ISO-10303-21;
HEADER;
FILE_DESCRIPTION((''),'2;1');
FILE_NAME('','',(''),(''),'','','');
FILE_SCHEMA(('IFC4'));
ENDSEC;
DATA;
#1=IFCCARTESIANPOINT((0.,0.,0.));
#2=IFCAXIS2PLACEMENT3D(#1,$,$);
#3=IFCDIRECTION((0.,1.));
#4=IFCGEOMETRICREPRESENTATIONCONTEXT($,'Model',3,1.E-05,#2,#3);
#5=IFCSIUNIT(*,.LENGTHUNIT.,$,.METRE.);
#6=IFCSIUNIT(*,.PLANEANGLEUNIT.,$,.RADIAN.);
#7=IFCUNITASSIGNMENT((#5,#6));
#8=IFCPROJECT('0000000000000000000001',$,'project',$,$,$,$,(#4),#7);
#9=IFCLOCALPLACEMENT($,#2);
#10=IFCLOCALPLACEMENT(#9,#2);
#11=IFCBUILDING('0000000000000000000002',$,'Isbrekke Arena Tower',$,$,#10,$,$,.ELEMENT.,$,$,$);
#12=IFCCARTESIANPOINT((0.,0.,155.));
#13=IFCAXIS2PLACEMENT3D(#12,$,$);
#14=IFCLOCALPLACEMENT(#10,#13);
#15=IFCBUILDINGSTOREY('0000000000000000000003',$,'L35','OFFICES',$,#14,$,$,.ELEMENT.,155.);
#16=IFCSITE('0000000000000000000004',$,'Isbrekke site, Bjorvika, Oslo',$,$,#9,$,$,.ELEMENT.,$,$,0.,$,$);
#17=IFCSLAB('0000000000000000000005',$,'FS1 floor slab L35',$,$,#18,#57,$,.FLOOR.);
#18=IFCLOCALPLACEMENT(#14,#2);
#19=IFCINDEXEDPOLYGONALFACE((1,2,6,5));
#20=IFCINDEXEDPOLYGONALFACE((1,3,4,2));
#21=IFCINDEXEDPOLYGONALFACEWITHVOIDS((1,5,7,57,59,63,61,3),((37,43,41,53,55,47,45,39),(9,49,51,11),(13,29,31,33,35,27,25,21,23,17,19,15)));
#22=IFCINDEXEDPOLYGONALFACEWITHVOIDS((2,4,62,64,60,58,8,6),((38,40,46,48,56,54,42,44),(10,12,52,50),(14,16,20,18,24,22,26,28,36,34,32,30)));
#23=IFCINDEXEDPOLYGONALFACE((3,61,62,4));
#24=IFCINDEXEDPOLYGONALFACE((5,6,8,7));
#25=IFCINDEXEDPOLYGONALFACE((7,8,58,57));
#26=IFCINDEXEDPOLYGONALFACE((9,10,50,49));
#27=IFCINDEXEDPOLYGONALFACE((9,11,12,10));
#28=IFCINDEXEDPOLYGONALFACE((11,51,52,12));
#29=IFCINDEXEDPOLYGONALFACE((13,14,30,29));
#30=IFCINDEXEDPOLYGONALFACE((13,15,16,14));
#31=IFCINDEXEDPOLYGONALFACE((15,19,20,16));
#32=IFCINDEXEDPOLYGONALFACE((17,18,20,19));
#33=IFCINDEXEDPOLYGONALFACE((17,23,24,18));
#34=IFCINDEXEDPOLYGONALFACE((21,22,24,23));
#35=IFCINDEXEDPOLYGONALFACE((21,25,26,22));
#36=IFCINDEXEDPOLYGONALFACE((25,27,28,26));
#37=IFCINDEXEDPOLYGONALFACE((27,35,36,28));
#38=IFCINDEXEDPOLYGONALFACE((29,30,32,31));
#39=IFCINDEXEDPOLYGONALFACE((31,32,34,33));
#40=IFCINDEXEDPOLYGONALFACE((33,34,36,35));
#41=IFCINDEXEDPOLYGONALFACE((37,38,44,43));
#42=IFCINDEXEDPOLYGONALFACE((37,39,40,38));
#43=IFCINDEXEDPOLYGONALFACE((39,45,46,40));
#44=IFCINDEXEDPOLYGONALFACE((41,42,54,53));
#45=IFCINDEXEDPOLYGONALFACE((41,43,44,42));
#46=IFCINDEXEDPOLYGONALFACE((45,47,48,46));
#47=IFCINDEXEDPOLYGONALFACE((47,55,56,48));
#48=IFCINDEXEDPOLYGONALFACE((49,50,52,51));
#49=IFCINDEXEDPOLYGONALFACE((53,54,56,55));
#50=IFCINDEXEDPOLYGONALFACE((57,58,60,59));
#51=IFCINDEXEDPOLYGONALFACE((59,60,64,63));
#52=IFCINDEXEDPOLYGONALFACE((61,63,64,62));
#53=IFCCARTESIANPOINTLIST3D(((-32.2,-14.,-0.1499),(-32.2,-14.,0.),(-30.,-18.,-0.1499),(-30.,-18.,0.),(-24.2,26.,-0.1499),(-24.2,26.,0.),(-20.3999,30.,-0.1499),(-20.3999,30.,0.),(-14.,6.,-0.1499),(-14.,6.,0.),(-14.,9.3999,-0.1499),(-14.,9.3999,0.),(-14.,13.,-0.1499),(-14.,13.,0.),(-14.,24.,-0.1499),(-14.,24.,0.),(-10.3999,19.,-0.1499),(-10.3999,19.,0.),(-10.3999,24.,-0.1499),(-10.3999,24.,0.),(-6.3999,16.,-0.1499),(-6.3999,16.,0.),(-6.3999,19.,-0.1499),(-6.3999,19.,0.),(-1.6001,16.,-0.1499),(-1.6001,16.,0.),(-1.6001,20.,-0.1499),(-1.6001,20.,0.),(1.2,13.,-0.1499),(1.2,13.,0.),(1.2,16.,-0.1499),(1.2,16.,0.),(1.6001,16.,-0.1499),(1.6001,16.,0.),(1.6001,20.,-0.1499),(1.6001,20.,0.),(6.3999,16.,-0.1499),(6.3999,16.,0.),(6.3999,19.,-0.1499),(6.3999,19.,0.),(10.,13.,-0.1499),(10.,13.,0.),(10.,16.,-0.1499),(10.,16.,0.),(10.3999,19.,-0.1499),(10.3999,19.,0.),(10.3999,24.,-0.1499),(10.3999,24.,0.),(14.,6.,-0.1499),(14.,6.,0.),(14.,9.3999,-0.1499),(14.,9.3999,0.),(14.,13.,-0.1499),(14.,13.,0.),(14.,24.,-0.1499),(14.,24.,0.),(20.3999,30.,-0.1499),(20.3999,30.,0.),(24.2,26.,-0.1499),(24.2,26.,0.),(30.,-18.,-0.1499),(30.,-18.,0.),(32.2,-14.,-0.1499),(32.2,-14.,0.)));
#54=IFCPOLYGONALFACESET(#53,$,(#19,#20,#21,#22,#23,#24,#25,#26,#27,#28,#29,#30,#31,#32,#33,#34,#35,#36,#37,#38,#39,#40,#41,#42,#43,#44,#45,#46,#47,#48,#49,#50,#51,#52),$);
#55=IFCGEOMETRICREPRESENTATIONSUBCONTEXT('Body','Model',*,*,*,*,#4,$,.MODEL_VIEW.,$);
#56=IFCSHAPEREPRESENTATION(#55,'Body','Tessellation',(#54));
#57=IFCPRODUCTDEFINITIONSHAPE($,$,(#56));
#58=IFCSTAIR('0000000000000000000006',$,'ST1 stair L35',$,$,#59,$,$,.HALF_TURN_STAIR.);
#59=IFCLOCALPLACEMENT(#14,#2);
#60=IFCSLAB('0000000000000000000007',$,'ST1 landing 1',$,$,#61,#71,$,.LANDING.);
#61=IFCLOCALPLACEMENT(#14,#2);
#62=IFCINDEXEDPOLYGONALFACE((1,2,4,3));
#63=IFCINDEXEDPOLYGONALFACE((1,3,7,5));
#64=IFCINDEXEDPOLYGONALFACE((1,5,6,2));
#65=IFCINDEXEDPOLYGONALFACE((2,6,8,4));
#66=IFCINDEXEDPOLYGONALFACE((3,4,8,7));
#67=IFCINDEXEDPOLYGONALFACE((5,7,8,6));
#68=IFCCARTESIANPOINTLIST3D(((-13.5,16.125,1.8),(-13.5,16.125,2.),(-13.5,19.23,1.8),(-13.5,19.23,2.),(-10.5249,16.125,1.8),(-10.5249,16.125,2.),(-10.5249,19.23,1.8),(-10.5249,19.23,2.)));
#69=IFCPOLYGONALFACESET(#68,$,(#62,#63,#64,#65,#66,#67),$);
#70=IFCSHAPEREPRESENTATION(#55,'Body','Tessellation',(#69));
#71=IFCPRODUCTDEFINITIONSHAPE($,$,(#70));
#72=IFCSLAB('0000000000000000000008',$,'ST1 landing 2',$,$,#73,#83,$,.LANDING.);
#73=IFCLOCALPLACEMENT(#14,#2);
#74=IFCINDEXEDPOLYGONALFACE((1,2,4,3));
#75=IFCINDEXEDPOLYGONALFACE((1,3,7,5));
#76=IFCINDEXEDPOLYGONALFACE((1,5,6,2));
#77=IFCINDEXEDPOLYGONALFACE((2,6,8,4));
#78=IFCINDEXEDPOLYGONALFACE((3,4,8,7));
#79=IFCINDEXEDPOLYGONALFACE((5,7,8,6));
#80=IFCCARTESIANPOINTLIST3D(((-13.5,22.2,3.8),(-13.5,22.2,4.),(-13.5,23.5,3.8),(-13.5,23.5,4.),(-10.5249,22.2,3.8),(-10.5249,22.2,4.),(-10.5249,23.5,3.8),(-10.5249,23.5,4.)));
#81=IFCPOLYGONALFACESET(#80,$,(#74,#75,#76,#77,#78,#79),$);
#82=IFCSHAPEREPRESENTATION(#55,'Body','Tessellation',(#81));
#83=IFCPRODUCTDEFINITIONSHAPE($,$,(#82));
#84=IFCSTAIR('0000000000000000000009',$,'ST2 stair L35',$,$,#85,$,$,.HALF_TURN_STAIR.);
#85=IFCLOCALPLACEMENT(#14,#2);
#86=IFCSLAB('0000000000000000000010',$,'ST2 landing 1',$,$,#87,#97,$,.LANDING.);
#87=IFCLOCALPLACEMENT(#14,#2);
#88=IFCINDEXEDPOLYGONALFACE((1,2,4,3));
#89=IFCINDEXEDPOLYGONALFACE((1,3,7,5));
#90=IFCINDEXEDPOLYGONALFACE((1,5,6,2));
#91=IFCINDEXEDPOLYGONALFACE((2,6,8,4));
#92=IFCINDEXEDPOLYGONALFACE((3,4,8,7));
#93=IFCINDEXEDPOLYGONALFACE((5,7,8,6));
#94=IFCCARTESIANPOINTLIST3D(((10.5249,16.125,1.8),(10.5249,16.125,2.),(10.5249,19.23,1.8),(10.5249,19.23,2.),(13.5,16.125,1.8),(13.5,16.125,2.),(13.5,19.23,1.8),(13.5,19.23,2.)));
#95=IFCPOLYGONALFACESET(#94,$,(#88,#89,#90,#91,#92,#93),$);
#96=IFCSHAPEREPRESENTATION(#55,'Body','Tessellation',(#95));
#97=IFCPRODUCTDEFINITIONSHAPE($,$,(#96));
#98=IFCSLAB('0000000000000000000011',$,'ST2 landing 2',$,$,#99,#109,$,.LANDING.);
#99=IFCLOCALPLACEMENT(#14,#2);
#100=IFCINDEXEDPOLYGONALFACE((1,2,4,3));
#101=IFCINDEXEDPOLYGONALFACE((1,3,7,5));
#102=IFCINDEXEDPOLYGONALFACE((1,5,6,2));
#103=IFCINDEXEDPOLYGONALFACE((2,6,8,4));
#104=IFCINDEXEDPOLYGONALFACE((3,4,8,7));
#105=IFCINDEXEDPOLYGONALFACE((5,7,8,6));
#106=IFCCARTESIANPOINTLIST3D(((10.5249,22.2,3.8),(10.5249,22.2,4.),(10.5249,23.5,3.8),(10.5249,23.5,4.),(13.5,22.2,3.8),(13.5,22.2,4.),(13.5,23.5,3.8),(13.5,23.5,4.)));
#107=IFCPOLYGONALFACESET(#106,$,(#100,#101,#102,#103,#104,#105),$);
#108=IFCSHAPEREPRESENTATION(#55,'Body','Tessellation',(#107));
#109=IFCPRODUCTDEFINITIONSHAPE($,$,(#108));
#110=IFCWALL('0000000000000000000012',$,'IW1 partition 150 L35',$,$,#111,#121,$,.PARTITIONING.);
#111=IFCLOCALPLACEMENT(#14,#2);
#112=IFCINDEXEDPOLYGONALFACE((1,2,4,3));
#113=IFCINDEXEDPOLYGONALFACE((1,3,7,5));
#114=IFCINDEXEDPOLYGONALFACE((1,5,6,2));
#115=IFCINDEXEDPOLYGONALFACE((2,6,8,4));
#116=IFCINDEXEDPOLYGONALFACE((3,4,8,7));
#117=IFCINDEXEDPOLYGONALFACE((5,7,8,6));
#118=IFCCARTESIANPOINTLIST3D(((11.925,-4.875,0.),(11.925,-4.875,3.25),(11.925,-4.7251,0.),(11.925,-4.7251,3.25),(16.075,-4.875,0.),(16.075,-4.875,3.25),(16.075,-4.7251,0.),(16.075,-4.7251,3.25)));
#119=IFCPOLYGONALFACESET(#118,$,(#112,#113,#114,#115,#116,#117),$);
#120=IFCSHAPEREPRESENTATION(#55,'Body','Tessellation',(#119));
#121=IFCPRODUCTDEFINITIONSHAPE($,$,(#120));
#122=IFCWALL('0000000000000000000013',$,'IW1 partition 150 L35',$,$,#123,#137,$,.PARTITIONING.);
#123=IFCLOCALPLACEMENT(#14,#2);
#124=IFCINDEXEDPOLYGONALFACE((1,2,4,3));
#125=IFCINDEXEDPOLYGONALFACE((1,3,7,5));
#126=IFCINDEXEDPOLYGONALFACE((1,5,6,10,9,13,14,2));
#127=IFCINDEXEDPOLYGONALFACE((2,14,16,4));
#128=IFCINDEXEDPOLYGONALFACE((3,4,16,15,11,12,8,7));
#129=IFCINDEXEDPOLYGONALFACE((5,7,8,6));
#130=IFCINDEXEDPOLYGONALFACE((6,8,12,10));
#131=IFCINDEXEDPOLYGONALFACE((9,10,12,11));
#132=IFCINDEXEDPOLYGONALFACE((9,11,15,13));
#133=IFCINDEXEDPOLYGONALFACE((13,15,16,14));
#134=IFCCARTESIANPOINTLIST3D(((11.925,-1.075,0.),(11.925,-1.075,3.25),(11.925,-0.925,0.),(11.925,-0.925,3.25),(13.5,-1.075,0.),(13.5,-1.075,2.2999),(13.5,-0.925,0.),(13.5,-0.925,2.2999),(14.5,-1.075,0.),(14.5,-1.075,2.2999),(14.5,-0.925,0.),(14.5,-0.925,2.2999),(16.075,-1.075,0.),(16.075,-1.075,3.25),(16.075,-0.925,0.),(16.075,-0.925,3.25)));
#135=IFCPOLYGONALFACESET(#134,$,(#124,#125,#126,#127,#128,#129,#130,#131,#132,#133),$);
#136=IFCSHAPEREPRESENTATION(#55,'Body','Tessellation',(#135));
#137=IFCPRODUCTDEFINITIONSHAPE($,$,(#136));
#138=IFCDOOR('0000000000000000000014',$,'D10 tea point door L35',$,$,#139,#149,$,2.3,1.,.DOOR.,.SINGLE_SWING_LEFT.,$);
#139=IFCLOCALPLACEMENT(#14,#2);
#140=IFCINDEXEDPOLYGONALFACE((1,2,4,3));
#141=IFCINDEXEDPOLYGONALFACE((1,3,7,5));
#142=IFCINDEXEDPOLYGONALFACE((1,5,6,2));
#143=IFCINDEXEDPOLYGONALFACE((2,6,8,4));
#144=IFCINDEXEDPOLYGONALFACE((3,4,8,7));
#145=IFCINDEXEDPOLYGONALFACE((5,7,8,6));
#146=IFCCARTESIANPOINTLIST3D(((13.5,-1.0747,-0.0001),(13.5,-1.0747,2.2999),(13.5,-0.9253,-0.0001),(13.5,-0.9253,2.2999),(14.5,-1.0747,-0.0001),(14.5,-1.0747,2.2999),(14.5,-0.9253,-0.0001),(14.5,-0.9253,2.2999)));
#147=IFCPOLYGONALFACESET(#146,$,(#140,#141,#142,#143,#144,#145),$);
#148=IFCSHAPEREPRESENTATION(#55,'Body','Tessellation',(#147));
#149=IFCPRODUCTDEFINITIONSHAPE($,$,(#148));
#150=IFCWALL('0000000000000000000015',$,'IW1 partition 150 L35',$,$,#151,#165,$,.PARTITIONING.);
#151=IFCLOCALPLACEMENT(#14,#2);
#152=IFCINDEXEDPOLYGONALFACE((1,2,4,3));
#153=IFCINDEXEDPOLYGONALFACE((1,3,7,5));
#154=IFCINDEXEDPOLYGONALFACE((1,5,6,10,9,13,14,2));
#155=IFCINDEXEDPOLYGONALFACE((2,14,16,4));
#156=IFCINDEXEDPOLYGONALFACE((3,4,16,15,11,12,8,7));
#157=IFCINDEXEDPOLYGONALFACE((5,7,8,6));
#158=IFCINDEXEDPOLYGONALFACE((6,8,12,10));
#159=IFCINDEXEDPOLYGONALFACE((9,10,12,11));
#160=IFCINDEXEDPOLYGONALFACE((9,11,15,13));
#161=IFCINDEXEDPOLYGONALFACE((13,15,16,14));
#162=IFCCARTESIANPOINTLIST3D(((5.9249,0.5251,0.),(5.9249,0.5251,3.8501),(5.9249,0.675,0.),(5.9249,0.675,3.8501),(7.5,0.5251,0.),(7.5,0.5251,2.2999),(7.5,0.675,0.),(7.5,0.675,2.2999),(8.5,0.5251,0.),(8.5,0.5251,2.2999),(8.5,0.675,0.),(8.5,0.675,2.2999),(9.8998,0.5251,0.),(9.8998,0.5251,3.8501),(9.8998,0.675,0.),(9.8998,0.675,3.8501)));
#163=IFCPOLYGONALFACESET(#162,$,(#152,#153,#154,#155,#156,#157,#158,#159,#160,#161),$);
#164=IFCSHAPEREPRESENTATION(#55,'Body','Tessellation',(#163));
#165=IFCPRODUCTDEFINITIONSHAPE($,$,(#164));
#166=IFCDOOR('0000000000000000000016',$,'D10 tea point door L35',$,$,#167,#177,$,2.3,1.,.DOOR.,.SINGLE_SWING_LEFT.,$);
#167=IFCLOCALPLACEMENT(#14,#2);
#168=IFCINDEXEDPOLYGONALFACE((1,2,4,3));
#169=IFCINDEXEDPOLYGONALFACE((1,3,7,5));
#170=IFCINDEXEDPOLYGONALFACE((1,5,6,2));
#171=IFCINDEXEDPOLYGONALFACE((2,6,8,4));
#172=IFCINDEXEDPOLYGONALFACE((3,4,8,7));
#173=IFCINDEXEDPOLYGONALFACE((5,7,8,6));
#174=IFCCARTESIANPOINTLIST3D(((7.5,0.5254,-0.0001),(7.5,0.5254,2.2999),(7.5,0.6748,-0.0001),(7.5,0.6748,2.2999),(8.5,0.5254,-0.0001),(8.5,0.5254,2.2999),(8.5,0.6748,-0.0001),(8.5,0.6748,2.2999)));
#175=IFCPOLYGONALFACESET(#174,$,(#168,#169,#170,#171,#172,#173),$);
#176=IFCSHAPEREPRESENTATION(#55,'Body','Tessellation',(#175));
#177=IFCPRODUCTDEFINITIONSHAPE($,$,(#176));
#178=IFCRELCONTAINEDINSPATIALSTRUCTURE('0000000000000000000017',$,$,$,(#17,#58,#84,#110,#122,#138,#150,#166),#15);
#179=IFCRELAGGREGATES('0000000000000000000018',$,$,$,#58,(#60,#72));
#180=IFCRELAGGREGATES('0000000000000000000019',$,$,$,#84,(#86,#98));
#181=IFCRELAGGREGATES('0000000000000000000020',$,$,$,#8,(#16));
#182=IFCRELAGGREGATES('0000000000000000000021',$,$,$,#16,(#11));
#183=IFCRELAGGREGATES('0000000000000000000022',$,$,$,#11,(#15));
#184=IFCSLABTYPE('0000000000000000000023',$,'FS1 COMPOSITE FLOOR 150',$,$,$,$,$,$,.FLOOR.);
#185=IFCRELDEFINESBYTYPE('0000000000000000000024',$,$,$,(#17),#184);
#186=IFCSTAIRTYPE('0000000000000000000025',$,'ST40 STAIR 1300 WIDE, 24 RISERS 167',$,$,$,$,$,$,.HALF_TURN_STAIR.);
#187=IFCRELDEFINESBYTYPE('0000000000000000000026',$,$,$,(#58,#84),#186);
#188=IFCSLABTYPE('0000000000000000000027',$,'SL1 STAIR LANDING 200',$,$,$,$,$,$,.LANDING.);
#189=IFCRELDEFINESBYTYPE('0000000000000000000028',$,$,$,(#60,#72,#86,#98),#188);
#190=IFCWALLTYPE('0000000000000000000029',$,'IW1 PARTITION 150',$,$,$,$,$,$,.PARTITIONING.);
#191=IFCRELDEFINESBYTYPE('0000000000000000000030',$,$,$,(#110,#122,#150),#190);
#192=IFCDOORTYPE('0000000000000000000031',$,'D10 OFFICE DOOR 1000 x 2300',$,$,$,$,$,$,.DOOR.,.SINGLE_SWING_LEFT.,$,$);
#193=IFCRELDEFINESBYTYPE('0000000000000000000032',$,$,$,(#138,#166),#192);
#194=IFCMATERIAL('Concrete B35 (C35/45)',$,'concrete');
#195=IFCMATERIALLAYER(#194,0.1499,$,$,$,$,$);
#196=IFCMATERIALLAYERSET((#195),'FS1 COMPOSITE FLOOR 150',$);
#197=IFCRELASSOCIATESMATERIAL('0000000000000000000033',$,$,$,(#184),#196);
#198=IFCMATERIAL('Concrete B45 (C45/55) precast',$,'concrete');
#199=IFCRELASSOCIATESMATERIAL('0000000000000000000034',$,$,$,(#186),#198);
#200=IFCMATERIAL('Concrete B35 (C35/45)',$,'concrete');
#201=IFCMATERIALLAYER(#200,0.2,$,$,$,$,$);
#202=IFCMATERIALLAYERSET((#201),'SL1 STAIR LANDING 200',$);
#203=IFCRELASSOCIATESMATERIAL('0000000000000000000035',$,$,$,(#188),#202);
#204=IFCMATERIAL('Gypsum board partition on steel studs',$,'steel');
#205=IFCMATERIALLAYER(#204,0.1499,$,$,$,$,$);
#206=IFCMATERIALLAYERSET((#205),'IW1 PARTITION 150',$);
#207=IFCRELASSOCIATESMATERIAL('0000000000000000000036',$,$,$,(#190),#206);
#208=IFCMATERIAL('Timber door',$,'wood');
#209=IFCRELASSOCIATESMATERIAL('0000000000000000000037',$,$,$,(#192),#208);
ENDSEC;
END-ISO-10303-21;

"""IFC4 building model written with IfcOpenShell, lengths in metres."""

from ifc_helpers import new_model, si_unit, direction, frame, frame_2d, origin, place, context, subcontext, project, spatial, polyline, rectangle, outline, extrude, material, layer, layer_set, type_object, element, fill, aggregate, save


model = new_model("IFC4")

# Units and contexts
model_context = context("Model", 3, precision=1e-05, world=origin(), true_north=direction((0.0, 1.0)))
body_context = subcontext(model_context, "Body", "Model", "MODEL_VIEW")
ifc_project = project(units=[si_unit("LENGTHUNIT", "METRE"), si_unit("PLANEANGLEUNIT", "RADIAN")], contexts=[model_context])

# Site, building, storey
site_placement = place(None, origin())
site = spatial("IfcSite", under=ifc_project, at=site_placement, Name="Isbrekke site, Bjorvika, Oslo", CompositionType="ELEMENT", RefElevation=0.0)
building_placement = place(site_placement, origin())
building = spatial("IfcBuilding", under=site, at=building_placement, Name="Isbrekke Arena Tower", CompositionType="ELEMENT")
storey_placement = place(building_placement, frame((0.0, 0.0, 155.0)))
storey = spatial("IfcBuildingStorey", under=building, at=storey_placement, Name="L35", Description="OFFICES", CompositionType="ELEMENT", Elevation=155.0)

# Slab
ifc_material_1 = material(Name="Concrete B35 (C35/45)", Category="concrete")
ifc_layer_1 = layer(ifc_material_1, 0.1499)
ifc_layer_set_1 = layer_set([ifc_layer_1], Name="FS1 COMPOSITE FLOOR 150")
slab_type_1 = type_object("IfcSlabType", Name="FS1 COMPOSITE FLOOR 150", PredefinedType="FLOOR", material=ifc_layer_set_1)
slab_1_placement = place(storey_placement, frame((0.0, 0.0, -0.1499)))
element("IfcSlab", 1, at=slab_1_placement, inside=storey, type_object=slab_type_1, Name="FS1 floor slab L35", PredefinedType="FLOOR", context=body_context, shape_type="SweptSolid", body=[
    extrude(outline(polyline([(-30.0, -18.0), (30.0, -18.0), (32.2, -14.0), (24.2, 26.0), (20.3999, 30.0), (-20.3999, 30.0), (-24.2, 26.0), (-32.2, -14.0), (-30.0, -18.0)]), holes=[polyline([(14.0, 9.3999), (14.0, 6.0), (-14.0, 6.0), (-14.0, 9.3999), (14.0, 9.3999)]), polyline([(-6.3999, 19.0), (-6.3999, 16.0), (-1.6001, 16.0), (-1.6001, 20.0), (1.6001, 20.0), (1.6001, 16.0), (1.2, 16.0), (1.2, 13.0), (-14.0, 13.0), (-14.0, 24.0), (-10.3999, 24.0), (-10.3999, 19.0), (-6.3999, 19.0)]), polyline([(10.0, 13.0), (10.0, 16.0), (6.3999, 16.0), (6.3999, 19.0), (10.3999, 19.0), (10.3999, 24.0), (14.0, 24.0), (14.0, 13.0), (10.0, 13.0)])]), origin(), (0.0, 0.0, 1.0), 0.1499),
])

# Stairs, slabs
ifc_material_2 = material(Name="Concrete B45 (C45/55) precast", Category="concrete")
stair_type = type_object("IfcStairType", Name="ST40 STAIR 1300 WIDE, 24 RISERS 167", PredefinedType="HALF_TURN_STAIR", material=ifc_material_2)
stair_1_placement = place(storey_placement, origin())
stair_1 = element("IfcStair", 2, at=stair_1_placement, inside=storey, type_object=stair_type, Name="ST1 stair L35", PredefinedType="HALF_TURN_STAIR")
ifc_material_3 = material(Name="Concrete B35 (C35/45)", Category="concrete")
ifc_layer_2 = layer(ifc_material_3, 0.2)
ifc_layer_set_2 = layer_set([ifc_layer_2], Name="SL1 STAIR LANDING 200")
slab_type_2 = type_object("IfcSlabType", Name="SL1 STAIR LANDING 200", PredefinedType="LANDING", material=ifc_layer_set_2)
slab_2_placement = place(storey_placement, frame((0.0, 0.0, 1.8)))
slab_2 = element("IfcSlab", 3, at=slab_2_placement, type_object=slab_type_2, Name="ST1 landing 1", PredefinedType="LANDING", context=body_context, shape_type="SweptSolid", body=[
    extrude(outline(polyline([(-13.5, 16.125), (-10.5249, 16.125), (-10.5249, 19.23), (-13.5, 19.23), (-13.5, 16.125)])), origin(), (0.0, 0.0, 1.0), 0.2),
])
slab_3_placement = place(storey_placement, frame((0.0, 0.0, 3.8)))
slab_3 = element("IfcSlab", 4, at=slab_3_placement, type_object=slab_type_2, Name="ST1 landing 2", PredefinedType="LANDING", context=body_context, shape_type="SweptSolid", body=[
    extrude(outline(polyline([(-13.5, 22.2), (-10.5249, 22.2), (-10.5249, 23.5), (-13.5, 23.5), (-13.5, 22.2)])), origin(), (0.0, 0.0, 1.0), 0.2),
])
aggregate(stair_1, [slab_2, slab_3])
stair_2_placement = place(storey_placement, origin())
stair_2 = element("IfcStair", 5, at=stair_2_placement, inside=storey, type_object=stair_type, Name="ST2 stair L35", PredefinedType="HALF_TURN_STAIR")
slab_4_placement = place(storey_placement, frame((0.0, 0.0, 1.8)))
slab_4 = element("IfcSlab", 6, at=slab_4_placement, type_object=slab_type_2, Name="ST2 landing 1", PredefinedType="LANDING", context=body_context, shape_type="SweptSolid", body=[
    extrude(outline(polyline([(10.5249, 16.125), (13.5, 16.125), (13.5, 19.23), (10.5249, 19.23), (10.5249, 16.125)])), origin(), (0.0, 0.0, 1.0), 0.2),
])
slab_5_placement = place(storey_placement, frame((0.0, 0.0, 3.8)))
slab_5 = element("IfcSlab", 7, at=slab_5_placement, type_object=slab_type_2, Name="ST2 landing 2", PredefinedType="LANDING", context=body_context, shape_type="SweptSolid", body=[
    extrude(outline(polyline([(10.5249, 22.2), (13.5, 22.2), (13.5, 23.5), (10.5249, 23.5), (10.5249, 22.2)])), origin(), (0.0, 0.0, 1.0), 0.2),
])
aggregate(stair_2, [slab_4, slab_5])

# Wall
ifc_material_4 = material(Name="Gypsum board partition on steel studs", Category="steel")
ifc_layer_3 = layer(ifc_material_4, 0.1499)
ifc_layer_set_3 = layer_set([ifc_layer_3], Name="IW1 PARTITION 150")
wall_type_1 = type_object("IfcWallType", Name="IW1 PARTITION 150", PredefinedType="PARTITIONING", material=ifc_layer_set_3)
wall_1_placement = place(storey_placement, frame((11.925, -4.8, 0.0), z_axis=(0.0, 0.0, 1.0), x_axis=(1.0, 0.0, 0.0)))
element("IfcWall", 8, at=wall_1_placement, inside=storey, type_object=wall_type_1, Name="IW1 partition 150 L35", PredefinedType="PARTITIONING", context=body_context, shape_type="SweptSolid", body=[
    extrude(rectangle(XDim=4.1499, YDim=0.1499, at=frame_2d((2.075, 0.0))), origin(), (0.0, 0.0, 1.0), 3.25),
])

# Walls, openings, doors
wall_2_placement = place(storey_placement, frame((11.925, -1.0, 0.0), z_axis=(0.0, 0.0, 1.0), x_axis=(1.0, 0.0, 0.0)))
wall_2 = element("IfcWall", 9, at=wall_2_placement, inside=storey, type_object=wall_type_1, Name="IW1 partition 150 L35", PredefinedType="PARTITIONING", context=body_context, shape_type="SweptSolid", body=[
    extrude(rectangle(XDim=4.1499, YDim=0.1499, at=frame_2d((2.075, 0.0))), origin(), (0.0, 0.0, 1.0), 3.25),
])
opening_1_placement = place(wall_2_placement, frame((1.575, 0.0, 0.0)))
opening_1 = element("IfcOpeningElement", 10, at=opening_1_placement, cuts=wall_2, PredefinedType="OPENING", context=body_context, shape_type="SweptSolid", body=[
    extrude(rectangle(XDim=1.0, YDim=2.3, at=frame_2d((0.5, 1.1499))), frame((0.0, 0.0898, 0.0), z_axis=(0.0, -1.0, 0.0), x_axis=(1.0, 0.0, 0.0)), (0.0, 0.0, 1.0), 0.1797),
])
ifc_material_5 = material(Name="Timber door", Category="wood")
door_type = type_object("IfcDoorType", Name="D10 OFFICE DOOR 1000 x 2300", OperationType="SINGLE_SWING_LEFT", PredefinedType="DOOR", material=ifc_material_5)
door_1_placement = place(opening_1_placement, origin())
door_1 = element("IfcDoor", 11, at=door_1_placement, inside=storey, type_object=door_type, Name="D10 tea point door L35", OperationType="SINGLE_SWING_LEFT", OverallHeight=2.3, OverallWidth=1.0, PredefinedType="DOOR", context=body_context, shape_type="SweptSolid", body=[
    extrude(rectangle(XDim=1.0, YDim=2.3, at=frame_2d((0.5, 1.1499))), frame((0.0, 0.0747, 0.0), z_axis=(0.0, -1.0, 0.0), x_axis=(1.0, 0.0, 0.0)), (0.0, 0.0, 1.0), 0.1494),
])
fill(opening_1, door_1)
wall_3_placement = place(storey_placement, frame((5.925, 0.6001, 0.0), z_axis=(0.0, 0.0, 1.0), x_axis=(1.0, 0.0, 0.0)))
wall_3 = element("IfcWall", 12, at=wall_3_placement, inside=storey, type_object=wall_type_1, Name="IW1 partition 150 L35", PredefinedType="PARTITIONING", context=body_context, shape_type="SweptSolid", body=[
    extrude(rectangle(XDim=3.9749, YDim=0.1499, at=frame_2d((1.9873, 0.0))), origin(), (0.0, 0.0, 1.0), 3.8501),
])
opening_2_placement = place(wall_3_placement, frame((1.575, 0.0, 0.0)))
opening_2 = element("IfcOpeningElement", 13, at=opening_2_placement, cuts=wall_3, PredefinedType="OPENING", context=body_context, shape_type="SweptSolid", body=[
    extrude(rectangle(XDim=1.0, YDim=2.3, at=frame_2d((0.5, 1.1499))), frame((0.0, 0.0898, 0.0), z_axis=(0.0, -1.0, 0.0), x_axis=(1.0, 0.0, 0.0)), (0.0, 0.0, 1.0), 0.1797),
])
door_2_placement = place(opening_2_placement, origin())
door_2 = element("IfcDoor", 14, at=door_2_placement, inside=storey, type_object=door_type, Name="D10 tea point door L35", OperationType="SINGLE_SWING_LEFT", OverallHeight=2.3, OverallWidth=1.0, PredefinedType="DOOR", context=body_context, shape_type="SweptSolid", body=[
    extrude(rectangle(XDim=1.0, YDim=2.3, at=frame_2d((0.5, 1.1499))), frame((0.0, 0.0747, 0.0), z_axis=(0.0, -1.0, 0.0), x_axis=(1.0, 0.0, 0.0)), (0.0, 0.0, 1.0), 0.1494),
])
fill(opening_2, door_2)

save(model, "model.ifc")
